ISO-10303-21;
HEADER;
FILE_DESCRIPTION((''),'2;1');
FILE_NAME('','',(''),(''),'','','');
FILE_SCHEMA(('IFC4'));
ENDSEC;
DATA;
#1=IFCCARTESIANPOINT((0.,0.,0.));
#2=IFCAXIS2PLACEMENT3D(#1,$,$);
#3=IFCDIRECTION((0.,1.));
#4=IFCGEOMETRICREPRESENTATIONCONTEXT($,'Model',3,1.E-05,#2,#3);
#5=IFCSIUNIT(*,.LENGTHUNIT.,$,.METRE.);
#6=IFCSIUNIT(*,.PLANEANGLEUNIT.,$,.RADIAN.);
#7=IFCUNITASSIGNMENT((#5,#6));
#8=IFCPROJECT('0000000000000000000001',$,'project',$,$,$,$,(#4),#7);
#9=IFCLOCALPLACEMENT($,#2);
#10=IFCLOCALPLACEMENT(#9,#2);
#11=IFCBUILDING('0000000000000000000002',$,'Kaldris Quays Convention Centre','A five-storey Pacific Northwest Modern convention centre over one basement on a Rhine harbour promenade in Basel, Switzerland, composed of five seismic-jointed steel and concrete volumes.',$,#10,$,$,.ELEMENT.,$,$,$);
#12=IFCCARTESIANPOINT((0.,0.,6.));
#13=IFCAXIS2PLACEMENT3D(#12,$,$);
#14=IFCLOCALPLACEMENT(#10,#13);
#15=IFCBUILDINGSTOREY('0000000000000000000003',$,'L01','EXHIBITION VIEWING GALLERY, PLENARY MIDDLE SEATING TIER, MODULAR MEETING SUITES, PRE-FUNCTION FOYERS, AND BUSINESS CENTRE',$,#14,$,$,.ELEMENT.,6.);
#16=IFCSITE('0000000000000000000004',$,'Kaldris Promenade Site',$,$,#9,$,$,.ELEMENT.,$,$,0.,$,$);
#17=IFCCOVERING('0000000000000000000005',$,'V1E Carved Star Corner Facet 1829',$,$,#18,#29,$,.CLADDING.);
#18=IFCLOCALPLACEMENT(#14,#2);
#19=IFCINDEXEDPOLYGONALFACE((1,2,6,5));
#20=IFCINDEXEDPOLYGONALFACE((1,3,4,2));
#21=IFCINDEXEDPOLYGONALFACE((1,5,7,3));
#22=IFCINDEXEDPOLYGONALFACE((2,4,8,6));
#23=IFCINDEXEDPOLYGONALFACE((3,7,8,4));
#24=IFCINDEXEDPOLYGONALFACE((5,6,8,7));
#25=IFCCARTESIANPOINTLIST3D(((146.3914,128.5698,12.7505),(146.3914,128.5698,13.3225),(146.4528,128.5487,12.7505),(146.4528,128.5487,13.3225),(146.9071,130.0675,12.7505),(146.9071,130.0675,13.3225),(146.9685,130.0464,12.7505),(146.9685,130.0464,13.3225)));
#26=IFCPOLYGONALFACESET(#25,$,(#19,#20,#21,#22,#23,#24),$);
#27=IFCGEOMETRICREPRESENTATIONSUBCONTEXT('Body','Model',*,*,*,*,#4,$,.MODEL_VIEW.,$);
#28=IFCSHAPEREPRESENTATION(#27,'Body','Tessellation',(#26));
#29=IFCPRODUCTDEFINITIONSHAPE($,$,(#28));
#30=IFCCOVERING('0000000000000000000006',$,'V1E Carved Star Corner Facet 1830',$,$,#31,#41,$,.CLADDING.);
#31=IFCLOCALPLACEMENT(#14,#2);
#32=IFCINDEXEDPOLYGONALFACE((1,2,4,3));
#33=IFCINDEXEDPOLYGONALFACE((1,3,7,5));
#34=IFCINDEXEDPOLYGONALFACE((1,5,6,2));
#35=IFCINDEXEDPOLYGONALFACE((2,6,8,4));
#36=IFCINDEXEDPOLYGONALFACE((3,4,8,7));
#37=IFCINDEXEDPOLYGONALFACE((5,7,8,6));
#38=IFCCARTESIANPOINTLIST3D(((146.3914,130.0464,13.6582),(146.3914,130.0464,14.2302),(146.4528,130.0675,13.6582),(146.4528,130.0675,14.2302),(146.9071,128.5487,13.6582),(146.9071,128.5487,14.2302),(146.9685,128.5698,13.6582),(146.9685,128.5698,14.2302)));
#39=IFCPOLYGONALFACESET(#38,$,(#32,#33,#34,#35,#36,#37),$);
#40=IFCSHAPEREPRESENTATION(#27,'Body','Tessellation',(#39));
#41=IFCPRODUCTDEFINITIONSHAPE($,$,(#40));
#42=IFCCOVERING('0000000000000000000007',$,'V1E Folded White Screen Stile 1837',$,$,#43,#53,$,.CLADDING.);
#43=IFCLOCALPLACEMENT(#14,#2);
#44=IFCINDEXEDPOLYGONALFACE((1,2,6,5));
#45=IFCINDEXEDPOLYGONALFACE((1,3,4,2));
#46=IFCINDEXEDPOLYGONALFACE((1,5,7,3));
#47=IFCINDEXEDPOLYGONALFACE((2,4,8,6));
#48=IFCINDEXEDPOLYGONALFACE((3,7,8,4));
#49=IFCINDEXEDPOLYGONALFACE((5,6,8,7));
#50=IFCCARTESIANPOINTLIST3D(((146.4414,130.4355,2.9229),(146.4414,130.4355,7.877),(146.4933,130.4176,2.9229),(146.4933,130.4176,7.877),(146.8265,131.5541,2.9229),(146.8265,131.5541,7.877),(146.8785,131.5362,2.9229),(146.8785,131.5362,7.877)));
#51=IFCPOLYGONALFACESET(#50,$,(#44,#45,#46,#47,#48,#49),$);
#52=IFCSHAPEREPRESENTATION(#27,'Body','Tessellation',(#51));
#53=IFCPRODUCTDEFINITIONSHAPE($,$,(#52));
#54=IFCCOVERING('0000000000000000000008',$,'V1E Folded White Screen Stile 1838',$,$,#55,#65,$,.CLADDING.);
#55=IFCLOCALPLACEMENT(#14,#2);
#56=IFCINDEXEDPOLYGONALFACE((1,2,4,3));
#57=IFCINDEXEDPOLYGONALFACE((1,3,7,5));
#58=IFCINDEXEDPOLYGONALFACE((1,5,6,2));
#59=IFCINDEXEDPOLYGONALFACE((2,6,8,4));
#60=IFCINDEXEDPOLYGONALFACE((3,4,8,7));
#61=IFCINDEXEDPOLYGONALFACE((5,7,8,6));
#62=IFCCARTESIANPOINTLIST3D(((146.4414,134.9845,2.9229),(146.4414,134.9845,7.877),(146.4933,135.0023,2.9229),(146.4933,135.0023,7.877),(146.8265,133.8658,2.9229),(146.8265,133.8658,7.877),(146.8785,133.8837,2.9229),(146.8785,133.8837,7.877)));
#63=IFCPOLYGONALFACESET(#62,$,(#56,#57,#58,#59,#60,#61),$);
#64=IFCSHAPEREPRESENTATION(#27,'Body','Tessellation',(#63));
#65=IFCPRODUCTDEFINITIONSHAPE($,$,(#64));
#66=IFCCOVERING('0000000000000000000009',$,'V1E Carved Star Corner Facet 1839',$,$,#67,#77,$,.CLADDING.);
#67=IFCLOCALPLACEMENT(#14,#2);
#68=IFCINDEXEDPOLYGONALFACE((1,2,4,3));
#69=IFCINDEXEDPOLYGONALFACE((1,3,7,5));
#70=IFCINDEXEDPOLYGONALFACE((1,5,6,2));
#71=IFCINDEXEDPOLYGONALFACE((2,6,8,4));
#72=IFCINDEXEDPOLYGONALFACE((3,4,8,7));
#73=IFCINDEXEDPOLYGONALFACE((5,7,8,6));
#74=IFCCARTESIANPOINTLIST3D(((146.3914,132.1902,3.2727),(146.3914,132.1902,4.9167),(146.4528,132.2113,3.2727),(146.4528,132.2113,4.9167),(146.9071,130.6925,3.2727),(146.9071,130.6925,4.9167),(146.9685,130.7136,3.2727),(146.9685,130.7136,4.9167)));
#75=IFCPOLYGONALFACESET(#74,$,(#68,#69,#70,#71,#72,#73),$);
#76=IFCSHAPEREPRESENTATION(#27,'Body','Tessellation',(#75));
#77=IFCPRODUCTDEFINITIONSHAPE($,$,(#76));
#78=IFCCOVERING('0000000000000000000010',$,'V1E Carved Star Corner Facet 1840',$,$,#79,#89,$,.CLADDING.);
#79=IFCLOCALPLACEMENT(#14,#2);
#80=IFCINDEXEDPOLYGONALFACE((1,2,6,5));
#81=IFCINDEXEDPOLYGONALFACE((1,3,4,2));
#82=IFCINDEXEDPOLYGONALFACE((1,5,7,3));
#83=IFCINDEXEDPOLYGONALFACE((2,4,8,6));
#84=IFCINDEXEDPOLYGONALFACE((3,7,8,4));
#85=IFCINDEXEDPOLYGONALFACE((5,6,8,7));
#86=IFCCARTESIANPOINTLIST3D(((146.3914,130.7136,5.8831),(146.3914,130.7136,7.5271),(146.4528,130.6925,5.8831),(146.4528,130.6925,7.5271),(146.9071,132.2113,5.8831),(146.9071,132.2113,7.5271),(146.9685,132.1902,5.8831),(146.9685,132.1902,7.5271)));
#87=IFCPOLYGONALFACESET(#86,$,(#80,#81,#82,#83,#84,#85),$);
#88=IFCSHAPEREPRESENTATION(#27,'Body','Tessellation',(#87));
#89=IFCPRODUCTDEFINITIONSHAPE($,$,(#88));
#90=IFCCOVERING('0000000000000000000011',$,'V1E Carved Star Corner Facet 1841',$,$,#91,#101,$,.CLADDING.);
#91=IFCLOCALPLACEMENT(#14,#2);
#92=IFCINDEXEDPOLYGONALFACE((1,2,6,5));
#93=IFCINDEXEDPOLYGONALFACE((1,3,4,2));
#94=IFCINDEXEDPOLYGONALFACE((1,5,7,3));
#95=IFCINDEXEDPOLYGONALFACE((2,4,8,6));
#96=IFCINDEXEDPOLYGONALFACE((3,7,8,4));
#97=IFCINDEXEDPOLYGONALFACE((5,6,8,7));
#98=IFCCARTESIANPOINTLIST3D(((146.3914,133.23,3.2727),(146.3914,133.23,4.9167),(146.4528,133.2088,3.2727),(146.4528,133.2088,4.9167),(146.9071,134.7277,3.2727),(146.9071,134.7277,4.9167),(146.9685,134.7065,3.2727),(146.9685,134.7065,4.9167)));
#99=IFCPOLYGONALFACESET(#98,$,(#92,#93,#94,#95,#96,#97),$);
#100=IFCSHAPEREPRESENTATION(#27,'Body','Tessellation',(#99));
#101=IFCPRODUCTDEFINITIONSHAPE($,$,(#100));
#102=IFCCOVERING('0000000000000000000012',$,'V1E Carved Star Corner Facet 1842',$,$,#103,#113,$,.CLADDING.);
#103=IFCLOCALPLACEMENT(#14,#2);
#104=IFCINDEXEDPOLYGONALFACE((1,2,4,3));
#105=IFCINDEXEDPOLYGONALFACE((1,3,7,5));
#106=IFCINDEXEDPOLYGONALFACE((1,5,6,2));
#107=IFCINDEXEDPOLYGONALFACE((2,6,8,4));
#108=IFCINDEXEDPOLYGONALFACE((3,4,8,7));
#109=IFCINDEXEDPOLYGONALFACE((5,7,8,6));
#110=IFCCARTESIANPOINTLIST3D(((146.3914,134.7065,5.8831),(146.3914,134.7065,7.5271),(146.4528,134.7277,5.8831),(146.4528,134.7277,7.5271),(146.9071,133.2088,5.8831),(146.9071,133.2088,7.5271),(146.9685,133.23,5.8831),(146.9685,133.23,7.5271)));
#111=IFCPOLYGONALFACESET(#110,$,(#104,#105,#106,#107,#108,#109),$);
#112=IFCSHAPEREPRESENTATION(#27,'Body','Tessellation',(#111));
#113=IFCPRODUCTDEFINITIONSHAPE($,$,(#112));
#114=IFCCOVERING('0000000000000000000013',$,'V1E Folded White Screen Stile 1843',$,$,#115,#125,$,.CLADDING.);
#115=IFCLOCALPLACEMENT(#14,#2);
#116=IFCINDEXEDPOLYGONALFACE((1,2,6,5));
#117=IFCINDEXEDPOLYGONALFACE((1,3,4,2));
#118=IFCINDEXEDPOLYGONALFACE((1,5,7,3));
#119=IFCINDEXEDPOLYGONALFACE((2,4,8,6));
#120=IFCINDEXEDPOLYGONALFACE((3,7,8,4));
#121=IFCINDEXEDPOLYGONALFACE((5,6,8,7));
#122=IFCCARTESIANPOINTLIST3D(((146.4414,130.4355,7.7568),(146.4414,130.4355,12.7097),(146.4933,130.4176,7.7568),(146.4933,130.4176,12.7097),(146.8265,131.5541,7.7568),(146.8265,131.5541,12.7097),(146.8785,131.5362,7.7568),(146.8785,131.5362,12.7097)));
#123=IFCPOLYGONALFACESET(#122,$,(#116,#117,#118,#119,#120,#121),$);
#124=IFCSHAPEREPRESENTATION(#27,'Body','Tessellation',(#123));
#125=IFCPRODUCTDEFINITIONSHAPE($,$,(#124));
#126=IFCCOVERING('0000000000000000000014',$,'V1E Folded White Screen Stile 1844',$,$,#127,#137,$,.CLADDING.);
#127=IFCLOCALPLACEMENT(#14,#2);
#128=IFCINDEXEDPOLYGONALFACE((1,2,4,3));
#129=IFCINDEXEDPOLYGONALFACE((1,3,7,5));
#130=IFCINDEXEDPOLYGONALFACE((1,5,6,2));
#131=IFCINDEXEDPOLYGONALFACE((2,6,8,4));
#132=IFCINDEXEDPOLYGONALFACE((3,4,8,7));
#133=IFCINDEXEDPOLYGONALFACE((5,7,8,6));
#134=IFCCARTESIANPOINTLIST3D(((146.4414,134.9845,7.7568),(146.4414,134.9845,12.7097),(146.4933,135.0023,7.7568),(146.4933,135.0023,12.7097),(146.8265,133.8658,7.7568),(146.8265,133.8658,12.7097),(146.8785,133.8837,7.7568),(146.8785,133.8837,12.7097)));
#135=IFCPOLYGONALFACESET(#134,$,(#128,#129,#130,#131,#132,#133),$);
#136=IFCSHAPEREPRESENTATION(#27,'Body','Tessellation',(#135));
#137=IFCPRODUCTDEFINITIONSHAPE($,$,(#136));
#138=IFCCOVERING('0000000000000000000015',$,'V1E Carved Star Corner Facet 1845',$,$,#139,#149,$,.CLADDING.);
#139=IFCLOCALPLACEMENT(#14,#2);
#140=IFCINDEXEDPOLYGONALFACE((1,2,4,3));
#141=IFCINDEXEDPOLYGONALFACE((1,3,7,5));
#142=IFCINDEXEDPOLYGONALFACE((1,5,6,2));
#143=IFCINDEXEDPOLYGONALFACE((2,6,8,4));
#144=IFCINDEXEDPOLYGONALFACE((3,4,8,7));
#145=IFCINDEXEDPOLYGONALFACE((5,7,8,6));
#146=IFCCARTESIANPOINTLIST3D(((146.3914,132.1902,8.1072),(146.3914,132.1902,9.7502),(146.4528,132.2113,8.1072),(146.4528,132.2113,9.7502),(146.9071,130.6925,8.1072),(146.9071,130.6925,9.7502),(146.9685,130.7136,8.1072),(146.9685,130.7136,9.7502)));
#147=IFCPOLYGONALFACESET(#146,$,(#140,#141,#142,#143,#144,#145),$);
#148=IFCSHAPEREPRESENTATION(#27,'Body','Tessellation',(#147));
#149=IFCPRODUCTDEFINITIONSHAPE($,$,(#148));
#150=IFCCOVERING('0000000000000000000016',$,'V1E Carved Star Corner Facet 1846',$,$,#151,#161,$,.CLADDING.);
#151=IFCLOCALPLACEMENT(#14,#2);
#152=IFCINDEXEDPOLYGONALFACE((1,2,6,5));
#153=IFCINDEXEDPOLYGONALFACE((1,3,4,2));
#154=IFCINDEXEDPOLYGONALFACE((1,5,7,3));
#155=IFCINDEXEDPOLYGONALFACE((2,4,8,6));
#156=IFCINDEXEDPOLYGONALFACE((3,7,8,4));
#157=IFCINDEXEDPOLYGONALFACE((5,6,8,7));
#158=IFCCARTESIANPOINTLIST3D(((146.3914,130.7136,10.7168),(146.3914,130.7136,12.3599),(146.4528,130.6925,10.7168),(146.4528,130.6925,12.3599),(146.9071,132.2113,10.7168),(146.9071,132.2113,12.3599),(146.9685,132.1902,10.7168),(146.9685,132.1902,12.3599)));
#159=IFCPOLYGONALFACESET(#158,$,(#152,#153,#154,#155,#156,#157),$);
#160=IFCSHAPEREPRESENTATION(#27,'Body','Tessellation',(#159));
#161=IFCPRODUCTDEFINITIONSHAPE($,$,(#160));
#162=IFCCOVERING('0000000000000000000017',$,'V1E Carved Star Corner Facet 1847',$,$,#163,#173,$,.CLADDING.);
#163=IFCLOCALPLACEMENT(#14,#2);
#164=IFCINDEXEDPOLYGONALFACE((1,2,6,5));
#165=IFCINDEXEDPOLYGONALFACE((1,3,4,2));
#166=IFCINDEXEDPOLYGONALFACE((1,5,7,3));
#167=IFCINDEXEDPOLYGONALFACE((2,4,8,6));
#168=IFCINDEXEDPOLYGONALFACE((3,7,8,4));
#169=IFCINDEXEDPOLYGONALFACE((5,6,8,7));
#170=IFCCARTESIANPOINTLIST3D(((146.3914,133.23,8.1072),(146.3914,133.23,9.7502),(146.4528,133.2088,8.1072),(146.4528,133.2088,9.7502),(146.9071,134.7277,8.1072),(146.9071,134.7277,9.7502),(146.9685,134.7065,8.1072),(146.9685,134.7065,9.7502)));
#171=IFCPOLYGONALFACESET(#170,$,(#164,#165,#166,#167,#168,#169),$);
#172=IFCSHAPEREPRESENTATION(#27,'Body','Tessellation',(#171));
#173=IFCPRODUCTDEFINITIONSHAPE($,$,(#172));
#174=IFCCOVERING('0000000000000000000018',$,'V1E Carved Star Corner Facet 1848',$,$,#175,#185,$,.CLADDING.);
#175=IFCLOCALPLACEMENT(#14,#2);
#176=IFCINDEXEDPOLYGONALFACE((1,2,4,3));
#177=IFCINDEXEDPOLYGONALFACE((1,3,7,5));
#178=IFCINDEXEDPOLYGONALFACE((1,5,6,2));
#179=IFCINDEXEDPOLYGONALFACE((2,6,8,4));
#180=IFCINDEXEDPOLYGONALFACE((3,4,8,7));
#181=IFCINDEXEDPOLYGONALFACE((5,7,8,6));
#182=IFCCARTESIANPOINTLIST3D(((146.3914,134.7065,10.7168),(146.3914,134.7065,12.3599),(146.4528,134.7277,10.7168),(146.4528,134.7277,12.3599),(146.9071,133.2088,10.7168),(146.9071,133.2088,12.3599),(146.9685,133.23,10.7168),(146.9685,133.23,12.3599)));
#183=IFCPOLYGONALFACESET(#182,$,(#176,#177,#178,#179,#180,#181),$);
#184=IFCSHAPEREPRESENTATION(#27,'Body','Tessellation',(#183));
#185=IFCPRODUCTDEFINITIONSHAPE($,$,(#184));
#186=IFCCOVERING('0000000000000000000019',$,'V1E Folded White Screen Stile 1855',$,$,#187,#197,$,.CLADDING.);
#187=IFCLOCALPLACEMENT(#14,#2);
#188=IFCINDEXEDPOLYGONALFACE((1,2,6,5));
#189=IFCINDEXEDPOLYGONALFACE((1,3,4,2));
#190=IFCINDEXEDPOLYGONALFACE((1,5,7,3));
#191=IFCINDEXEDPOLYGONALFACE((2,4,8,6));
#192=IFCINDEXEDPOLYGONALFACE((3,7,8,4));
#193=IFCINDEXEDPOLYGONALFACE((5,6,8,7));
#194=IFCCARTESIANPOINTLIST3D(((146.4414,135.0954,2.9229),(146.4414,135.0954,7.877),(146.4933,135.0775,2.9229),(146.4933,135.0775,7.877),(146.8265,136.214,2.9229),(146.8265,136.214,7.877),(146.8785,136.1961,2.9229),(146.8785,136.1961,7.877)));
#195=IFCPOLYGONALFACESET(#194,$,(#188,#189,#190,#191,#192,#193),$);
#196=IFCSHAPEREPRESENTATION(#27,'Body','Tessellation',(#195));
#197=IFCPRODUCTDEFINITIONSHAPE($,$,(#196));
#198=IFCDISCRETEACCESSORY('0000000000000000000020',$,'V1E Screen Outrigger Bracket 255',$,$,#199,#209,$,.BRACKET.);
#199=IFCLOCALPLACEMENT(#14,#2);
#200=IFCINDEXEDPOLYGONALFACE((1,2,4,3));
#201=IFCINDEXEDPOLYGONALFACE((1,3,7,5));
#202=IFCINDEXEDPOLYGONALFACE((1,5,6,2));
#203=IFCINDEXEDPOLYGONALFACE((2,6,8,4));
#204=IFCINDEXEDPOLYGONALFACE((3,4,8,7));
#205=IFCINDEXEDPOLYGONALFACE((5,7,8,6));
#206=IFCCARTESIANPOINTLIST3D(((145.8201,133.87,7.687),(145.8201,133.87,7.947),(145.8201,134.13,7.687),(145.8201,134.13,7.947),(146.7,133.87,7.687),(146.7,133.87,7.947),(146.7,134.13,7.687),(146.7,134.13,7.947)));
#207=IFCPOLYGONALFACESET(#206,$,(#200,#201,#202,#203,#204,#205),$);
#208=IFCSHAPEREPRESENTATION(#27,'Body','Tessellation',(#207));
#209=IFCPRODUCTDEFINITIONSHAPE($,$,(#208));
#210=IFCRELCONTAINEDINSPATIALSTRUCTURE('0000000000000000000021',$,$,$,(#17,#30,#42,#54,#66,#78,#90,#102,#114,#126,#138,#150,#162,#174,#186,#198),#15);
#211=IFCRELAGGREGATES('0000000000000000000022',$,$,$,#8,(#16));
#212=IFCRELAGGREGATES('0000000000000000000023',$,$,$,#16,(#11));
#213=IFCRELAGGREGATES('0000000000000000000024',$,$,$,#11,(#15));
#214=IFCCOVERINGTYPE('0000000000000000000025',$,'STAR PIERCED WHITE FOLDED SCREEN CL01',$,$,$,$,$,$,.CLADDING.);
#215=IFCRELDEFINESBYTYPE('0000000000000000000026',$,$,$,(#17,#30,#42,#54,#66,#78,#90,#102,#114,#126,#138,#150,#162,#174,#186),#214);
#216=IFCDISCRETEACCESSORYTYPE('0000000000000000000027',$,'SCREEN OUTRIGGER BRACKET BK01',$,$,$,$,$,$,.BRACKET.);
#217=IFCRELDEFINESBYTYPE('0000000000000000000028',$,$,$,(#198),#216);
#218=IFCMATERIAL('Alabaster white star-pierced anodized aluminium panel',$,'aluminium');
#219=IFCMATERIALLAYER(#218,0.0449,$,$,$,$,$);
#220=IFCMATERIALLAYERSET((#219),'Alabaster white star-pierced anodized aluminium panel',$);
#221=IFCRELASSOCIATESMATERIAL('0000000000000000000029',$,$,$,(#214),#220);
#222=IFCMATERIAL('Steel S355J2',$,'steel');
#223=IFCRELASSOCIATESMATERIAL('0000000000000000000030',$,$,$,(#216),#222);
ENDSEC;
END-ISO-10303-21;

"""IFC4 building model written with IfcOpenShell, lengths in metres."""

from ifc_helpers import new_model, si_unit, direction, frame, origin, origin_2d, place, context, subcontext, project, spatial, rectangle, extrude, material, layer, layer_set, type_object, element, save


model = new_model("IFC4")

# Units and contexts
model_context = context("Model", 3, precision=1e-05, world=origin(), true_north=direction((0.0, 1.0)))
body_context = subcontext(model_context, "Body", "Model", "MODEL_VIEW")
ifc_project = project(units=[si_unit("LENGTHUNIT", "METRE"), si_unit("PLANEANGLEUNIT", "RADIAN")], contexts=[model_context])

# Site, building, storey
site_placement = place(None, origin())
site = spatial("IfcSite", under=ifc_project, at=site_placement, Name="Kaldris Promenade Site", CompositionType="ELEMENT", RefElevation=0.0)
building_placement = place(site_placement, origin())
building = spatial("IfcBuilding", under=site, at=building_placement, Name="Kaldris Quays Convention Centre", Description="A five-storey Pacific Northwest Modern convention centre over one basement on a Rhine harbour promenade in Basel, Switzerland, composed of five seismic-jointed steel and concrete volumes.", CompositionType="ELEMENT")
storey_placement = place(building_placement, frame((0.0, 0.0, 6.0)))
storey = spatial("IfcBuildingStorey", under=building, at=storey_placement, Name="L01", Description="EXHIBITION VIEWING GALLERY, PLENARY MIDDLE SEATING TIER, MODULAR MEETING SUITES, PRE-FUNCTION FOYERS, AND BUSINESS CENTRE", CompositionType="ELEMENT", Elevation=6.0)

# Shared definitions
ifc_material_1 = material(Name="Steel S355J2", Category="steel")

# Coverings
ifc_material_2 = material(Name="Alabaster white star-pierced anodized aluminium panel", Category="aluminium")
ifc_layer = layer(ifc_material_2, 0.0449)
ifc_layer_set = layer_set([ifc_layer], Name="Alabaster white star-pierced anodized aluminium panel")
covering_type = type_object("IfcCoveringType", Name="STAR PIERCED WHITE FOLDED SCREEN CL01", PredefinedType="CLADDING", material=ifc_layer_set)
for number, where, z_axis, x_axis, name in (
    (1, (146.6799, 129.3081, 12.7505), (0.0, 0.0, 1.0), (0.325568, 0.945519, 0.0), "V1E Carved Star Corner Facet 1829"),
    (2, (146.6799, 129.3081, 13.6582), (0.0, 0.0, 1.0), (-0.325568, 0.945519, 0.0), "V1E Carved Star Corner Facet 1830"),
):
    element("IfcCovering", number, at=place(storey_placement, frame(where, z_axis=z_axis, x_axis=x_axis)), inside=storey, type_object=covering_type, Name=name, PredefinedType="CLADDING", context=body_context, shape_type="SweptSolid", body=[
        extrude(rectangle(XDim=1.584, YDim=0.0649, at=origin_2d()), origin(), (0.0, 0.0, 1.0), 0.572),
    ])
for number, where, z_axis, x_axis, name in (
    (3, (146.6599, 130.9858, 2.9229), (0.0, 0.0, 1.0), (0.325568, 0.945519, 0.0), "V1E Folded White Screen Stile 1837"),
    (4, (146.6599, 134.4341, 2.9229), (0.0, 0.0, 1.0), (-0.325568, 0.945519, 0.0), "V1E Folded White Screen Stile 1838"),
):
    element("IfcCovering", number, at=place(storey_placement, frame(where, z_axis=z_axis, x_axis=x_axis)), inside=storey, type_object=covering_type, Name=name, PredefinedType="CLADDING", context=body_context, shape_type="SweptSolid", body=[
        extrude(rectangle(XDim=1.1831, YDim=0.0549, at=origin_2d()), origin(), (0.0, 0.0, 1.0), 4.9541),
    ])
for number, where, z_axis, x_axis, name in (
    (5, (146.6799, 131.4519, 3.2727), (0.0, 0.0, 1.0), (-0.325568, 0.945519, 0.0), "V1E Carved Star Corner Facet 1839"),
    (6, (146.6799, 131.4519, 5.8831), (0.0, 0.0, 1.0), (0.325568, 0.945519, 0.0), "V1E Carved Star Corner Facet 1840"),
    (7, (146.6799, 133.9683, 3.2727), (0.0, 0.0, 1.0), (0.325568, 0.945519, 0.0), "V1E Carved Star Corner Facet 1841"),
    (8, (146.6799, 133.9683, 5.8831), (0.0, 0.0, 1.0), (-0.325568, 0.945519, 0.0), "V1E Carved Star Corner Facet 1842"),
):
    element("IfcCovering", number, at=place(storey_placement, frame(where, z_axis=z_axis, x_axis=x_axis)), inside=storey, type_object=covering_type, Name=name, PredefinedType="CLADDING", context=body_context, shape_type="SweptSolid", body=[
        extrude(rectangle(XDim=1.584, YDim=0.0649, at=origin_2d()), origin(), (0.0, 0.0, 1.0), 1.644),
    ])
for number, where, z_axis, x_axis, name in (
    (9, (146.6599, 130.9858, 7.7568), (0.0, 0.0, 1.0), (0.325568, 0.945519, 0.0), "V1E Folded White Screen Stile 1843"),
    (10, (146.6599, 134.4341, 7.7568), (0.0, 0.0, 1.0), (-0.325568, 0.945519, 0.0), "V1E Folded White Screen Stile 1844"),
):
    element("IfcCovering", number, at=place(storey_placement, frame(where, z_axis=z_axis, x_axis=x_axis)), inside=storey, type_object=covering_type, Name=name, PredefinedType="CLADDING", context=body_context, shape_type="SweptSolid", body=[
        extrude(rectangle(XDim=1.1831, YDim=0.0549, at=origin_2d()), origin(), (0.0, 0.0, 1.0), 4.9529),
    ])
for number, where, z_axis, x_axis, name in (
    (11, (146.6799, 131.4519, 8.1072), (0.0, 0.0, 1.0), (-0.325568, 0.945519, 0.0), "V1E Carved Star Corner Facet 1845"),
    (12, (146.6799, 131.4519, 10.7168), (0.0, 0.0, 1.0), (0.325568, 0.945519, 0.0), "V1E Carved Star Corner Facet 1846"),
    (13, (146.6799, 133.9683, 8.1072), (0.0, 0.0, 1.0), (0.325568, 0.945519, 0.0), "V1E Carved Star Corner Facet 1847"),
    (14, (146.6799, 133.9683, 10.7168), (0.0, 0.0, 1.0), (-0.325568, 0.945519, 0.0), "V1E Carved Star Corner Facet 1848"),
):
    element("IfcCovering", number, at=place(storey_placement, frame(where, z_axis=z_axis, x_axis=x_axis)), inside=storey, type_object=covering_type, Name=name, PredefinedType="CLADDING", context=body_context, shape_type="SweptSolid", body=[
        extrude(rectangle(XDim=1.584, YDim=0.0649, at=origin_2d()), origin(), (0.0, 0.0, 1.0), 1.6431),
    ])
covering_1_placement = place(storey_placement, frame((146.6599, 135.6458, 2.9229), z_axis=(0.0, 0.0, 1.0), x_axis=(0.325568, 0.945519, 0.0)))
element("IfcCovering", 15, at=covering_1_placement, inside=storey, type_object=covering_type, Name="V1E Folded White Screen Stile 1855", PredefinedType="CLADDING", context=body_context, shape_type="SweptSolid", body=[
    extrude(rectangle(XDim=1.1831, YDim=0.0549, at=origin_2d()), origin(), (0.0, 0.0, 1.0), 4.9541),
])

# Discrete accessory
discrete_accessory_type = type_object("IfcDiscreteAccessoryType", Name="SCREEN OUTRIGGER BRACKET BK01", PredefinedType="BRACKET", material=ifc_material_1)
discrete_accessory_placement = place(storey_placement, frame((146.26, 134.0, 7.687), z_axis=(0.0, 0.0, 1.0), x_axis=(0.0, 1.0, 0.0)))
element("IfcDiscreteAccessory", 16, at=discrete_accessory_placement, inside=storey, type_object=discrete_accessory_type, Name="V1E Screen Outrigger Bracket 255", PredefinedType="BRACKET", context=body_context, shape_type="SweptSolid", body=[
    extrude(rectangle(XDim=0.26, YDim=0.8799, at=origin_2d()), origin(), (0.0, 0.0, 1.0), 0.26),
])

save(model, "model.ifc")
